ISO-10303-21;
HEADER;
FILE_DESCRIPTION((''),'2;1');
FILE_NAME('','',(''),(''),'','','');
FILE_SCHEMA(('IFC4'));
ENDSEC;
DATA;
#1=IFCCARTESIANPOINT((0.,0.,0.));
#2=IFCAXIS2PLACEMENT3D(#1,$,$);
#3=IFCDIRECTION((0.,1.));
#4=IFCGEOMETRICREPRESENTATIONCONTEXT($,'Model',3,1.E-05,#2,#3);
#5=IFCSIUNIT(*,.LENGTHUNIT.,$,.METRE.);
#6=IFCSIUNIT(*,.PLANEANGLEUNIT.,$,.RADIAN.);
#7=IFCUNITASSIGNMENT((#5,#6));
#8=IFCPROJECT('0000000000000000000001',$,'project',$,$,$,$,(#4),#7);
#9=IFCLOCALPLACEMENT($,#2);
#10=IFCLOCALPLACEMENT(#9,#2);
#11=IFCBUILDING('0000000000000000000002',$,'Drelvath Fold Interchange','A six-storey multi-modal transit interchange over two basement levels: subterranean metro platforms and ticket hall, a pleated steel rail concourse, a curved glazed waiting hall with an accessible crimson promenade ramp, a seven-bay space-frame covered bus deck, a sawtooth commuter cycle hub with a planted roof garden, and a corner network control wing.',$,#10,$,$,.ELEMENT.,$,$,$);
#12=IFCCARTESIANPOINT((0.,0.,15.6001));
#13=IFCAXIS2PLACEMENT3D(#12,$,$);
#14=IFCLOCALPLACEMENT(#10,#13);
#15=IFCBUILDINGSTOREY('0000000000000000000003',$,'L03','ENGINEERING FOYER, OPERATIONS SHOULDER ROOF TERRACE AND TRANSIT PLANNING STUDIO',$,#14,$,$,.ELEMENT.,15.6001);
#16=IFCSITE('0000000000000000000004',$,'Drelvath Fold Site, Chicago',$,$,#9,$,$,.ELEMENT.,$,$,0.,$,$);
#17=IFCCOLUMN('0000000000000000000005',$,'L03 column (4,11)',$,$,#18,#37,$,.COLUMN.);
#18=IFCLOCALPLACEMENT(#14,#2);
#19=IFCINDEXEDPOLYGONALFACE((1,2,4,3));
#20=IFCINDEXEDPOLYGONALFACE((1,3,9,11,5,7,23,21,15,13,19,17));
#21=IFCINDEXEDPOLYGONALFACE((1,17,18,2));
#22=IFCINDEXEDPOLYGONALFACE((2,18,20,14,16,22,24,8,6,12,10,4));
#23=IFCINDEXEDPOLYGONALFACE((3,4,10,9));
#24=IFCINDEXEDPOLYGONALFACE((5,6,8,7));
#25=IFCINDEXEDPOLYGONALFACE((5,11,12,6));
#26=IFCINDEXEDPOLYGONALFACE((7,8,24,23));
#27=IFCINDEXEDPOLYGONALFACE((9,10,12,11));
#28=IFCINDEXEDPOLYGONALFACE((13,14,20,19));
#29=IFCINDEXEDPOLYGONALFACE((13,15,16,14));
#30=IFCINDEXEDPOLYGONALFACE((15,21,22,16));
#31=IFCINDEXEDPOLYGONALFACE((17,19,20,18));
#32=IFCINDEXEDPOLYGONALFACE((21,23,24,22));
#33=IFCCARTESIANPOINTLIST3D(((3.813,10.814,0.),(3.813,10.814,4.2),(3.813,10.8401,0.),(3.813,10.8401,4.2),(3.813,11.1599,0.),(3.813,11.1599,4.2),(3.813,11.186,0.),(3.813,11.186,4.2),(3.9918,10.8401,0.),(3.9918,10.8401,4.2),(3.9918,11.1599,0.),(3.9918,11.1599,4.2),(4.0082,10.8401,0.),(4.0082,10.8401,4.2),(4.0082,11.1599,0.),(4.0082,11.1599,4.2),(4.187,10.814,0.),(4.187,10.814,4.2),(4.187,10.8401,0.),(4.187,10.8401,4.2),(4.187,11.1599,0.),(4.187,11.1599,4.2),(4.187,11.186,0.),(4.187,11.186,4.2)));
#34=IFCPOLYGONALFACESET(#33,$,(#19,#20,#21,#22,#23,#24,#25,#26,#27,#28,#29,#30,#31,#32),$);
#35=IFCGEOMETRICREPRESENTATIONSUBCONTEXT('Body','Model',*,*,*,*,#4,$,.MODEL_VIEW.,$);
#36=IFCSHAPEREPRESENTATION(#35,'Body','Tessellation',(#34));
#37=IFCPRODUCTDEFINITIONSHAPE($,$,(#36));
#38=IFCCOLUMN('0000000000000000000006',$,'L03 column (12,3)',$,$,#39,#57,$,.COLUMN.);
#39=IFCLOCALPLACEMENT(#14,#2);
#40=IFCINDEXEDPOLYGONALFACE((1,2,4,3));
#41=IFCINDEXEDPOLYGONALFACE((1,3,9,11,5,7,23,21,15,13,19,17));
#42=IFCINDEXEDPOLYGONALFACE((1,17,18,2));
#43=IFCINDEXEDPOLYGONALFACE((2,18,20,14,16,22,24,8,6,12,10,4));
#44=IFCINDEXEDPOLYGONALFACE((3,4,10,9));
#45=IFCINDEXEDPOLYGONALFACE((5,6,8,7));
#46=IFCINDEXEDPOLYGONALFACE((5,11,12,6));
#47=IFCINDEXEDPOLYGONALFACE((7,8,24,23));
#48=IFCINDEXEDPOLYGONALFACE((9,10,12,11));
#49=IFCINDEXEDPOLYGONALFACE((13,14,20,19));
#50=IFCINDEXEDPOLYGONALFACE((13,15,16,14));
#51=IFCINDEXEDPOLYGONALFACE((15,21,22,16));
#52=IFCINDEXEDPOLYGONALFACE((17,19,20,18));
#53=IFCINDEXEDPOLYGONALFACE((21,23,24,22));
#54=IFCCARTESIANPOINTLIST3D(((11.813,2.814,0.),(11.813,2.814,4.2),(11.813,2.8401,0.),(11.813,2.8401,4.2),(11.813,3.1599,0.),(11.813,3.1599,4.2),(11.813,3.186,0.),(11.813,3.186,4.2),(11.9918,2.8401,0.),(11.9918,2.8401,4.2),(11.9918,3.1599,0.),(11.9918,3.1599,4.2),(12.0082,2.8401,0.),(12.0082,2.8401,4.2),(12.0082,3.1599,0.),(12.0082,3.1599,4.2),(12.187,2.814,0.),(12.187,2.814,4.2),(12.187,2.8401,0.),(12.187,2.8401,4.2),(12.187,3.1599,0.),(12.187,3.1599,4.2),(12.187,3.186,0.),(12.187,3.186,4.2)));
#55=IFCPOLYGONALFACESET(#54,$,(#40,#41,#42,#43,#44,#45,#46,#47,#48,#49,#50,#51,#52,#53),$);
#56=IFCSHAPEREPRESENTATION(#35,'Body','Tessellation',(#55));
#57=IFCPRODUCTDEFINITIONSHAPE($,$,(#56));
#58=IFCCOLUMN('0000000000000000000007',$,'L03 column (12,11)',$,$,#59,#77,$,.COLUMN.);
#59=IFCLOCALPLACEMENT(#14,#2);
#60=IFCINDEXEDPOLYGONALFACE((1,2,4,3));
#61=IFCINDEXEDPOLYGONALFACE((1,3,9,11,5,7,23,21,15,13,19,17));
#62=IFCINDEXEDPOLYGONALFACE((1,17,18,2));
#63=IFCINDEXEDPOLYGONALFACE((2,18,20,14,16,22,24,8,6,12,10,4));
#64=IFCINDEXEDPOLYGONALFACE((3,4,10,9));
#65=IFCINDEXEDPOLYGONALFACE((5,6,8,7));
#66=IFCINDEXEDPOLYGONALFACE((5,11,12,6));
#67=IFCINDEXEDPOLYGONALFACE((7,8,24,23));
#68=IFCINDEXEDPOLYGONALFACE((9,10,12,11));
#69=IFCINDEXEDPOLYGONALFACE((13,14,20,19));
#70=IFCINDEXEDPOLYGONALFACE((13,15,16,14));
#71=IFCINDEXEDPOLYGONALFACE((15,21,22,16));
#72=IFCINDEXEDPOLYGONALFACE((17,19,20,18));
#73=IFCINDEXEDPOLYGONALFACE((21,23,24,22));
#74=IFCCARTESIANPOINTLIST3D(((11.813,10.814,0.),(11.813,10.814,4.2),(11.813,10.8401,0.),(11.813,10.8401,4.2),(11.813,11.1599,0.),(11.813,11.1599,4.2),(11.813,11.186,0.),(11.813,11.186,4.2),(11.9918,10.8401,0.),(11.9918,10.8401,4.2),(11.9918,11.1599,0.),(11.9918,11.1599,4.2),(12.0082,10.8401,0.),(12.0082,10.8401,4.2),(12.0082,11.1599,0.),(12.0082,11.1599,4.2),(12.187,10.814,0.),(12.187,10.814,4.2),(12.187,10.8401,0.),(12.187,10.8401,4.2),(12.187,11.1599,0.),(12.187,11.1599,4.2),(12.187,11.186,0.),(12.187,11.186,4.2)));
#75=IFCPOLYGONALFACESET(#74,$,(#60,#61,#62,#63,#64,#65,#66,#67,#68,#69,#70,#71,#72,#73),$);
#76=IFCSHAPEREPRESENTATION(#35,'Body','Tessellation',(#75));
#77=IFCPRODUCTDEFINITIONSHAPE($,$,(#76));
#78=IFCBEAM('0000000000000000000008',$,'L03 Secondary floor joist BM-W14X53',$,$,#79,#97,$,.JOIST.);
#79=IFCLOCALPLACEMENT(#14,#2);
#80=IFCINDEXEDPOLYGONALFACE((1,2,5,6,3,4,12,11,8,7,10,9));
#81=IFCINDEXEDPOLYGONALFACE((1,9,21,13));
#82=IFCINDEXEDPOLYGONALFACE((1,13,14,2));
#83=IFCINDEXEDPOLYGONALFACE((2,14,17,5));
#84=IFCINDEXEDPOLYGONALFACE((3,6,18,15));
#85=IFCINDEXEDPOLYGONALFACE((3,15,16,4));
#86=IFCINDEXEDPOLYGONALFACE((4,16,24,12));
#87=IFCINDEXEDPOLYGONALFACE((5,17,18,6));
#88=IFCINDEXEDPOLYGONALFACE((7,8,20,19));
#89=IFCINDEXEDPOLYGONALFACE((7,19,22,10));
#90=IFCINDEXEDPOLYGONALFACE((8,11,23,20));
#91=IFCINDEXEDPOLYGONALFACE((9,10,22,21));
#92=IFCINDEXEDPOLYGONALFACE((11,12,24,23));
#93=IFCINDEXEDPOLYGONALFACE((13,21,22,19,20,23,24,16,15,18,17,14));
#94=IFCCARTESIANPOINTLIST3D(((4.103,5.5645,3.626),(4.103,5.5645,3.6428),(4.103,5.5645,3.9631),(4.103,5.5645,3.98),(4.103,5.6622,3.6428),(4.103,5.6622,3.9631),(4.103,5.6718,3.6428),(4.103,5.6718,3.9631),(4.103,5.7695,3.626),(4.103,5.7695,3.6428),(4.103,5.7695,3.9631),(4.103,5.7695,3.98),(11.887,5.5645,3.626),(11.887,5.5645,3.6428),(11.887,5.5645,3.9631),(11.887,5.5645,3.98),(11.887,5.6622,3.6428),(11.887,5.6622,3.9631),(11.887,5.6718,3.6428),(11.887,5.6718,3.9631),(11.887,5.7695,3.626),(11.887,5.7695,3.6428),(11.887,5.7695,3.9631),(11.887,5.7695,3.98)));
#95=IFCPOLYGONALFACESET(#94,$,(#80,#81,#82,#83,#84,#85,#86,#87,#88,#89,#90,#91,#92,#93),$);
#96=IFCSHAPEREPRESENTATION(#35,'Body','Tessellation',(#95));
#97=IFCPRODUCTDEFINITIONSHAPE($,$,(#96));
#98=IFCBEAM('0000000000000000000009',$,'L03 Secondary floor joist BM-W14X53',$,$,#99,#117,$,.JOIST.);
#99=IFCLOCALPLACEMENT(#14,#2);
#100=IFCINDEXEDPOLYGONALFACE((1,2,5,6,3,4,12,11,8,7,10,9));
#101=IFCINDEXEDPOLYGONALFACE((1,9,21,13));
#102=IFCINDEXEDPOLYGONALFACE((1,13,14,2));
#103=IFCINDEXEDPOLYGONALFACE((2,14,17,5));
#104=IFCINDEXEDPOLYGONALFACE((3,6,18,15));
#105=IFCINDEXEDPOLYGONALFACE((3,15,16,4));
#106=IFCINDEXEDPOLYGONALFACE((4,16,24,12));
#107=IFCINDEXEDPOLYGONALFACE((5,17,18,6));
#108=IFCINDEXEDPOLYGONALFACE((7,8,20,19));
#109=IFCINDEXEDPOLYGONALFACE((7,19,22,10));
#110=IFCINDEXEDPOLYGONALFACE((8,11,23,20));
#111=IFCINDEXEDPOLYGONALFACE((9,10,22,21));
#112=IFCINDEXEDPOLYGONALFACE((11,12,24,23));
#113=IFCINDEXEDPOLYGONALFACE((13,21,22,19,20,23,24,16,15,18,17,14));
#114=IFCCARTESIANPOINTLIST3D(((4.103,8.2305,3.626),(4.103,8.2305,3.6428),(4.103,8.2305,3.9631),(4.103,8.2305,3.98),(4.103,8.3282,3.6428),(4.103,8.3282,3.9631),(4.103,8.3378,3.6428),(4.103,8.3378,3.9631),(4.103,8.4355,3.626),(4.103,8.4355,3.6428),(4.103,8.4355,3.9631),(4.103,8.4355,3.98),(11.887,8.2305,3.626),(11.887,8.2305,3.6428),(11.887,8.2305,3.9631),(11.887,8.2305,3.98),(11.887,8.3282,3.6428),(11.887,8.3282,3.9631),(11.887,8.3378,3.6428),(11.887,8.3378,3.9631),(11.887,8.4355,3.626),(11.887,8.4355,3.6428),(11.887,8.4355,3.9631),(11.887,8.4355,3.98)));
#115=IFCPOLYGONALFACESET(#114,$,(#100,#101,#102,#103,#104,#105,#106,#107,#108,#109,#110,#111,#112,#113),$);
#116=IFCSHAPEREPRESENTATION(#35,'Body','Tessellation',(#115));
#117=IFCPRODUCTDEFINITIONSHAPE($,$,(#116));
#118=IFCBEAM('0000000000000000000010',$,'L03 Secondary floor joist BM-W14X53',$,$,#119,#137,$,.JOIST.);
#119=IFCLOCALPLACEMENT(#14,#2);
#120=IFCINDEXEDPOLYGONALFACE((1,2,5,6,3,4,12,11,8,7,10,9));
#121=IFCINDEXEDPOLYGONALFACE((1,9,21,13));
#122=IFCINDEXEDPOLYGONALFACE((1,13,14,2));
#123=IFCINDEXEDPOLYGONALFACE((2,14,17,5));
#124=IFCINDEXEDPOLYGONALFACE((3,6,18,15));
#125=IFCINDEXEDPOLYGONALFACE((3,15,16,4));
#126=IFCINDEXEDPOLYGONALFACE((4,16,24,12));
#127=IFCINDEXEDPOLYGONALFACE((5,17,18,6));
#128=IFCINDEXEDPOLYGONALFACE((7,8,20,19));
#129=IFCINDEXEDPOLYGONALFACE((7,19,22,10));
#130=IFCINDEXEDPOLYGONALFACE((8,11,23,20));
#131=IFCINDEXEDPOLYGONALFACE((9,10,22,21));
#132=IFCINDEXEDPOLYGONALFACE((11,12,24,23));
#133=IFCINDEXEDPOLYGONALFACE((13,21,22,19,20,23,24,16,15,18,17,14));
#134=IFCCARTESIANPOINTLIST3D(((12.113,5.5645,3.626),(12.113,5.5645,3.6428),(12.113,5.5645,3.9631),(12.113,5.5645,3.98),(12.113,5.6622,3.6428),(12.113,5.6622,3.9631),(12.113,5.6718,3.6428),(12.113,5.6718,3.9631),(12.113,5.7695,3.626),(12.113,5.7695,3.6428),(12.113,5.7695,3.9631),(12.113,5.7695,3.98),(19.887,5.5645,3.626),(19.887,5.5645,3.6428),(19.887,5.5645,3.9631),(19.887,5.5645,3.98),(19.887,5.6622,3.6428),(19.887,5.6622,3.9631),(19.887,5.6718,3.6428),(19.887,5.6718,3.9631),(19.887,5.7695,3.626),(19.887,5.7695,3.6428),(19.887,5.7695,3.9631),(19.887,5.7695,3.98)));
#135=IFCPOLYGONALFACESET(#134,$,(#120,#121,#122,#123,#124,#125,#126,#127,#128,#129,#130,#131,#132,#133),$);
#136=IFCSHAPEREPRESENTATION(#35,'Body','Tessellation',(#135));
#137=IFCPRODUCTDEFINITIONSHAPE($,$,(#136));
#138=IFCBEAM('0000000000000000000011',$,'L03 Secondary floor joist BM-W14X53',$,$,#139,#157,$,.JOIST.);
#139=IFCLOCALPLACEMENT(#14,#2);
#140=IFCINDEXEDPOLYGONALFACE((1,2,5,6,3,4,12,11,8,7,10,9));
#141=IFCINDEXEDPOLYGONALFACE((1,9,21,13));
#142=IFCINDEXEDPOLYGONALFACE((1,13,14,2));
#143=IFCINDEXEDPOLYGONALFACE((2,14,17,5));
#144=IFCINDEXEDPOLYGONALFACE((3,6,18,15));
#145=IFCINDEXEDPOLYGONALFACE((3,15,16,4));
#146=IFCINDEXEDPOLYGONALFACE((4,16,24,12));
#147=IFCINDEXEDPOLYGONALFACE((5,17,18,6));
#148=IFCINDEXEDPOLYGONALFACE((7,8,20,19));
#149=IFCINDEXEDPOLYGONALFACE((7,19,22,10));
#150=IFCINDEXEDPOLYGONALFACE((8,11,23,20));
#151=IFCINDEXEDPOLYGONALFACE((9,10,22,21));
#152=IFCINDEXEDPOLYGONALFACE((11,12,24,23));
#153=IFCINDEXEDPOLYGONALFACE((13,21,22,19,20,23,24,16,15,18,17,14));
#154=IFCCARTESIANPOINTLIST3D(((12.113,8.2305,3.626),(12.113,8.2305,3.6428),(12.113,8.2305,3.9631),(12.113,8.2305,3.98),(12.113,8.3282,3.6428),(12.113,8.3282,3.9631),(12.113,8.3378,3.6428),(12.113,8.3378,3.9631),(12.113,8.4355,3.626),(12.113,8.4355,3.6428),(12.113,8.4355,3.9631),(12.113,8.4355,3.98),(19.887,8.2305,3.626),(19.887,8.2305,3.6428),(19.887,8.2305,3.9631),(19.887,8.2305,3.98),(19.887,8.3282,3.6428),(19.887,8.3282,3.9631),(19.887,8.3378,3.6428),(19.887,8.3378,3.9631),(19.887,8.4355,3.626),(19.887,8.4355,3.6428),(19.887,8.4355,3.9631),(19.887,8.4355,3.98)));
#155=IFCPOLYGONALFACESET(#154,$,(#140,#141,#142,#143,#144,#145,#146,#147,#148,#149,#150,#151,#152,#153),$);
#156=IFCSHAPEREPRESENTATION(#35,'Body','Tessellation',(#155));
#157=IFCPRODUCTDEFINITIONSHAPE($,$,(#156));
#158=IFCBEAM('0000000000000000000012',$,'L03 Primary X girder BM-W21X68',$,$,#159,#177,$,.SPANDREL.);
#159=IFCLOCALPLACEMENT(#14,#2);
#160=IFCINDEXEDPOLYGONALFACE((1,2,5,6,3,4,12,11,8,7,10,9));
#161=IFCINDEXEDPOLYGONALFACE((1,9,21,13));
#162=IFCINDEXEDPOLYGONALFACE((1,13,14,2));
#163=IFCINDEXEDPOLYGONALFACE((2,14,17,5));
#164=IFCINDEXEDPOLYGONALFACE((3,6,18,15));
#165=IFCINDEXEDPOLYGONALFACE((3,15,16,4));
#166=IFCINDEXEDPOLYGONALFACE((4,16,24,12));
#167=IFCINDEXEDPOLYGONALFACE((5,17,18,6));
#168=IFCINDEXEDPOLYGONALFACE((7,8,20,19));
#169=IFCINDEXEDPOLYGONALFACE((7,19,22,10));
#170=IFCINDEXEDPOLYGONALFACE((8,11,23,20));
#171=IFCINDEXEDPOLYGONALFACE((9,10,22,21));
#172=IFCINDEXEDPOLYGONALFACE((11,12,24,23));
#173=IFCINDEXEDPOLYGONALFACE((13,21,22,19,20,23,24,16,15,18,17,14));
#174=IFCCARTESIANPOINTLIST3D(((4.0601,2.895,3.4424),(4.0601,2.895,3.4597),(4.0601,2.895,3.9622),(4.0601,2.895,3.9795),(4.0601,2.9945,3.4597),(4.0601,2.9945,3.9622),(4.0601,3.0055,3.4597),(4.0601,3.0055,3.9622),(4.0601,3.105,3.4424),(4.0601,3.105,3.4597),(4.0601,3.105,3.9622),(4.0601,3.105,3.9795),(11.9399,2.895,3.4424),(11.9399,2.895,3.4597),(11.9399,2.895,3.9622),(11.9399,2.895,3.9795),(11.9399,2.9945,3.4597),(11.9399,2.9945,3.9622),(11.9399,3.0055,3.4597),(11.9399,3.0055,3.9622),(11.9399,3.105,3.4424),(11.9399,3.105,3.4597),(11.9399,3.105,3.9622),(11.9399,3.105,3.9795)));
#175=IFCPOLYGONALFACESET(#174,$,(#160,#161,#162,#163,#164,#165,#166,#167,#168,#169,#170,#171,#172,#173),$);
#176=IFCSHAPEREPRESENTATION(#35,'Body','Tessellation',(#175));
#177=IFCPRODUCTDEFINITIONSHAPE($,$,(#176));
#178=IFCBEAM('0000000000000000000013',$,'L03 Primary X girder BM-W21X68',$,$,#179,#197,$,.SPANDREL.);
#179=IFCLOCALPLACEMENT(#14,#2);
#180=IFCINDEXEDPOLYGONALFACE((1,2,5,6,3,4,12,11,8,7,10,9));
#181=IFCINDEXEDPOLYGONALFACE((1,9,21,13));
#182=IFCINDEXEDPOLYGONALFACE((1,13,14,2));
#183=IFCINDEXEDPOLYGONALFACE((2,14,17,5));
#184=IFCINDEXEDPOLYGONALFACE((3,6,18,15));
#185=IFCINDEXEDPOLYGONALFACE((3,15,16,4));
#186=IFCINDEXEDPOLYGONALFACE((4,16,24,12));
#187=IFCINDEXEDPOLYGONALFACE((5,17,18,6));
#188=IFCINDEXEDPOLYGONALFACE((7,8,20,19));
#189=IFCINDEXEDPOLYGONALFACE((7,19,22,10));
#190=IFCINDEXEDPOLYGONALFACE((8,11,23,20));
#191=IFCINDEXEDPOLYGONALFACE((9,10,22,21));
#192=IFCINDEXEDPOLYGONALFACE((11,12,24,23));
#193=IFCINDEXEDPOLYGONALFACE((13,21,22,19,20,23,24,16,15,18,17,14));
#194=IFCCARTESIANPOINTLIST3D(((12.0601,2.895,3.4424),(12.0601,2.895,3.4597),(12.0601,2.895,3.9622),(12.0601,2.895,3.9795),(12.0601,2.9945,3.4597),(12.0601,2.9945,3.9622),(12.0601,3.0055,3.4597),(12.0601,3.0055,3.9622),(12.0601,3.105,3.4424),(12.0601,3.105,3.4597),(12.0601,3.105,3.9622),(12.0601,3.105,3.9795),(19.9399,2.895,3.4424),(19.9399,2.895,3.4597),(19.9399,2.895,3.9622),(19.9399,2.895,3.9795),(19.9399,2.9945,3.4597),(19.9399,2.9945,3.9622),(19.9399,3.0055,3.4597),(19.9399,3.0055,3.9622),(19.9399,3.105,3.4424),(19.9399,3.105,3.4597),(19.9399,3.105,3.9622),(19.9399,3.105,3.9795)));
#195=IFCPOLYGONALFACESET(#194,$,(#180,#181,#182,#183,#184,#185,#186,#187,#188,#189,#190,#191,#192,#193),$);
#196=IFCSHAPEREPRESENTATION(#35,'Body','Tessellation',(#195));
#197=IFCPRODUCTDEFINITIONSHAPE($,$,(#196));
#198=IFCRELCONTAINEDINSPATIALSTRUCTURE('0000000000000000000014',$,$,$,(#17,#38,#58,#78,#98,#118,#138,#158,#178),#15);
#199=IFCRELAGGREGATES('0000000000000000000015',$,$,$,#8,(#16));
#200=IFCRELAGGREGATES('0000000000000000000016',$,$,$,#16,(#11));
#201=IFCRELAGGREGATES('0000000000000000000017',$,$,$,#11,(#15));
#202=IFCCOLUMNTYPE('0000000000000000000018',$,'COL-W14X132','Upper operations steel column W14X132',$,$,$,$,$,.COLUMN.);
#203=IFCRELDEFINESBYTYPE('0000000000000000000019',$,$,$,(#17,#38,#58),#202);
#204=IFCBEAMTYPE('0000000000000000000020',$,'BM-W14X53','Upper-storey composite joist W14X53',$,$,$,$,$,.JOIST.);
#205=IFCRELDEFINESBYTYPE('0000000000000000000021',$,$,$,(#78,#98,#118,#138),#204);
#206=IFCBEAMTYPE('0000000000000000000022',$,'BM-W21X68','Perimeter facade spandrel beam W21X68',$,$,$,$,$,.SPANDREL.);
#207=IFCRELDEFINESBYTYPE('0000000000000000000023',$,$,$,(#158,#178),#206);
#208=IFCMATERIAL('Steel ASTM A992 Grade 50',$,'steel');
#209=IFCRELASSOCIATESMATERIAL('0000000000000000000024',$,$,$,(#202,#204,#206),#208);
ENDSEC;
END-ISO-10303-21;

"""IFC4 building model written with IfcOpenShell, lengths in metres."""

from ifc_helpers import new_model, si_unit, direction, frame, origin, origin_2d, place, context, subcontext, project, spatial, i_section, extrude, material, material_profile, profile_set, type_object, element, save


model = new_model("IFC4")

# Units and contexts
model_context = context("Model", 3, precision=1e-05, world=origin(), true_north=direction((0.0, 1.0)))
body_context = subcontext(model_context, "Body", "Model", "MODEL_VIEW")
ifc_project = project(units=[si_unit("LENGTHUNIT", "METRE"), si_unit("PLANEANGLEUNIT", "RADIAN")], contexts=[model_context])

# Site, building, storey
site_placement = place(None, origin())
site = spatial("IfcSite", under=ifc_project, at=site_placement, Name="Drelvath Fold Site, Chicago", CompositionType="ELEMENT", RefElevation=0.0)
building_placement = place(site_placement, origin())
building = spatial("IfcBuilding", under=site, at=building_placement, Name="Drelvath Fold Interchange", Description="A six-storey multi-modal transit interchange over two basement levels: subterranean metro platforms and ticket hall, a pleated steel rail concourse, a curved glazed waiting hall with an accessible crimson promenade ramp, a seven-bay space-frame covered bus deck, a sawtooth commuter cycle hub with a planted roof garden, and a corner network control wing.", CompositionType="ELEMENT")
storey_placement = place(building_placement, frame((0.0, 0.0, 15.6001)))
storey = spatial("IfcBuildingStorey", under=building, at=storey_placement, Name="L03", Description="ENGINEERING FOYER, OPERATIONS SHOULDER ROOF TERRACE AND TRANSIT PLANNING STUDIO", CompositionType="ELEMENT", Elevation=15.6001)

# Columns
ifc_material_1 = material(Name="Steel ASTM A992 Grade 50", Category="steel")
ifc_material_profile_1 = material_profile(ifc_material_1, i_section(OverallWidth=0.374, OverallDepth=0.3721, WebThickness=0.0164, FlangeThickness=0.0261, at=origin_2d()), Name="W14X132")
ifc_profile_set_1 = profile_set([ifc_material_profile_1], Name="Steel ASTM A992 Grade 50")
column_type = type_object("IfcColumnType", Name="COL-W14X132", Description="Upper operations steel column W14X132", PredefinedType="COLUMN", material=ifc_profile_set_1)
for number, where, z_axis, x_axis, name in (
    (1, (4.0, 11.0, 0.0), (0.0, 0.0, 1.0), (1.0, 0.0, 0.0), "L03 column (4,11)"),
    (2, (12.0, 3.0, 0.0), (0.0, 0.0, 1.0), (1.0, 0.0, 0.0), "L03 column (12,3)"),
    (3, (12.0, 11.0, 0.0), (0.0, 0.0, 1.0), (1.0, 0.0, 0.0), "L03 column (12,11)"),
):
    element("IfcColumn", number, at=place(storey_placement, frame(where, z_axis=z_axis, x_axis=x_axis)), inside=storey, type_object=column_type, Name=name, PredefinedType="COLUMN", context=body_context, shape_type="SweptSolid", body=[
        extrude(i_section(OverallWidth=0.374, OverallDepth=0.3721, WebThickness=0.0164, FlangeThickness=0.0261, at=origin_2d()), origin(), (0.0, 0.0, 1.0), 4.2),
    ])

# Beams
ifc_material_profile_2 = material_profile(ifc_material_1, i_section(OverallWidth=0.2051, OverallDepth=0.354, WebThickness=0.0095, FlangeThickness=0.0168, at=origin_2d()), Name="W14X53")
ifc_profile_set_2 = profile_set([ifc_material_profile_2], Name="Steel ASTM A992 Grade 50")
beam_type_1 = type_object("IfcBeamType", Name="BM-W14X53", Description="Upper-storey composite joist W14X53", PredefinedType="JOIST", material=ifc_profile_set_2)
for number, where, z_axis, x_axis, name in (
    (4, (4.103, 5.667, 3.803), (1.0, 0.0, 0.0), (0.0, 1.0, 0.0), "L03 Secondary floor joist BM-W14X53"),
    (5, (4.103, 8.333, 3.803), (1.0, 0.0, 0.0), (0.0, 1.0, 0.0), "L03 Secondary floor joist BM-W14X53"),
):
    element("IfcBeam", number, at=place(storey_placement, frame(where, z_axis=z_axis, x_axis=x_axis)), inside=storey, type_object=beam_type_1, Name=name, PredefinedType="JOIST", context=body_context, shape_type="SweptSolid", body=[
        extrude(i_section(OverallWidth=0.2051, OverallDepth=0.354, WebThickness=0.0095, FlangeThickness=0.0168, at=origin_2d()), origin(), (0.0, 0.0, 1.0), 7.7839),
    ])
for number, where, z_axis, x_axis, name in (
    (6, (12.113, 5.667, 3.803), (1.0, 0.0, 0.0), (0.0, 1.0, 0.0), "L03 Secondary floor joist BM-W14X53"),
    (7, (12.113, 8.333, 3.803), (1.0, 0.0, 0.0), (0.0, 1.0, 0.0), "L03 Secondary floor joist BM-W14X53"),
):
    element("IfcBeam", number, at=place(storey_placement, frame(where, z_axis=z_axis, x_axis=x_axis)), inside=storey, type_object=beam_type_1, Name=name, PredefinedType="JOIST", context=body_context, shape_type="SweptSolid", body=[
        extrude(i_section(OverallWidth=0.2051, OverallDepth=0.354, WebThickness=0.0095, FlangeThickness=0.0168, at=origin_2d()), origin(), (0.0, 0.0, 1.0), 7.7739),
    ])
ifc_material_profile_3 = material_profile(ifc_material_1, i_section(OverallWidth=0.21, OverallDepth=0.5371, WebThickness=0.011, FlangeThickness=0.0173, at=origin_2d()), Name="W21X68")
ifc_profile_set_3 = profile_set([ifc_material_profile_3], Name="Steel ASTM A992 Grade 50")
beam_type_2 = type_object("IfcBeamType", Name="BM-W21X68", Description="Perimeter facade spandrel beam W21X68", PredefinedType="SPANDREL", material=ifc_profile_set_3)
for number, where, z_axis, x_axis, name in (
    (8, (4.0601, 3.0, 3.7109), (1.0, 0.0, 0.0), (0.0, 1.0, 0.0), "L03 Primary X girder BM-W21X68"),
    (9, (12.0601, 3.0, 3.7109), (1.0, 0.0, 0.0), (0.0, 1.0, 0.0), "L03 Primary X girder BM-W21X68"),
):
    element("IfcBeam", number, at=place(storey_placement, frame(where, z_axis=z_axis, x_axis=x_axis)), inside=storey, type_object=beam_type_2, Name=name, PredefinedType="SPANDREL", context=body_context, shape_type="SweptSolid", body=[
        extrude(i_section(OverallWidth=0.21, OverallDepth=0.5371, WebThickness=0.011, FlangeThickness=0.0173, at=origin_2d()), origin(), (0.0, 0.0, 1.0), 7.8799),
    ])

save(model, "model.ifc")
